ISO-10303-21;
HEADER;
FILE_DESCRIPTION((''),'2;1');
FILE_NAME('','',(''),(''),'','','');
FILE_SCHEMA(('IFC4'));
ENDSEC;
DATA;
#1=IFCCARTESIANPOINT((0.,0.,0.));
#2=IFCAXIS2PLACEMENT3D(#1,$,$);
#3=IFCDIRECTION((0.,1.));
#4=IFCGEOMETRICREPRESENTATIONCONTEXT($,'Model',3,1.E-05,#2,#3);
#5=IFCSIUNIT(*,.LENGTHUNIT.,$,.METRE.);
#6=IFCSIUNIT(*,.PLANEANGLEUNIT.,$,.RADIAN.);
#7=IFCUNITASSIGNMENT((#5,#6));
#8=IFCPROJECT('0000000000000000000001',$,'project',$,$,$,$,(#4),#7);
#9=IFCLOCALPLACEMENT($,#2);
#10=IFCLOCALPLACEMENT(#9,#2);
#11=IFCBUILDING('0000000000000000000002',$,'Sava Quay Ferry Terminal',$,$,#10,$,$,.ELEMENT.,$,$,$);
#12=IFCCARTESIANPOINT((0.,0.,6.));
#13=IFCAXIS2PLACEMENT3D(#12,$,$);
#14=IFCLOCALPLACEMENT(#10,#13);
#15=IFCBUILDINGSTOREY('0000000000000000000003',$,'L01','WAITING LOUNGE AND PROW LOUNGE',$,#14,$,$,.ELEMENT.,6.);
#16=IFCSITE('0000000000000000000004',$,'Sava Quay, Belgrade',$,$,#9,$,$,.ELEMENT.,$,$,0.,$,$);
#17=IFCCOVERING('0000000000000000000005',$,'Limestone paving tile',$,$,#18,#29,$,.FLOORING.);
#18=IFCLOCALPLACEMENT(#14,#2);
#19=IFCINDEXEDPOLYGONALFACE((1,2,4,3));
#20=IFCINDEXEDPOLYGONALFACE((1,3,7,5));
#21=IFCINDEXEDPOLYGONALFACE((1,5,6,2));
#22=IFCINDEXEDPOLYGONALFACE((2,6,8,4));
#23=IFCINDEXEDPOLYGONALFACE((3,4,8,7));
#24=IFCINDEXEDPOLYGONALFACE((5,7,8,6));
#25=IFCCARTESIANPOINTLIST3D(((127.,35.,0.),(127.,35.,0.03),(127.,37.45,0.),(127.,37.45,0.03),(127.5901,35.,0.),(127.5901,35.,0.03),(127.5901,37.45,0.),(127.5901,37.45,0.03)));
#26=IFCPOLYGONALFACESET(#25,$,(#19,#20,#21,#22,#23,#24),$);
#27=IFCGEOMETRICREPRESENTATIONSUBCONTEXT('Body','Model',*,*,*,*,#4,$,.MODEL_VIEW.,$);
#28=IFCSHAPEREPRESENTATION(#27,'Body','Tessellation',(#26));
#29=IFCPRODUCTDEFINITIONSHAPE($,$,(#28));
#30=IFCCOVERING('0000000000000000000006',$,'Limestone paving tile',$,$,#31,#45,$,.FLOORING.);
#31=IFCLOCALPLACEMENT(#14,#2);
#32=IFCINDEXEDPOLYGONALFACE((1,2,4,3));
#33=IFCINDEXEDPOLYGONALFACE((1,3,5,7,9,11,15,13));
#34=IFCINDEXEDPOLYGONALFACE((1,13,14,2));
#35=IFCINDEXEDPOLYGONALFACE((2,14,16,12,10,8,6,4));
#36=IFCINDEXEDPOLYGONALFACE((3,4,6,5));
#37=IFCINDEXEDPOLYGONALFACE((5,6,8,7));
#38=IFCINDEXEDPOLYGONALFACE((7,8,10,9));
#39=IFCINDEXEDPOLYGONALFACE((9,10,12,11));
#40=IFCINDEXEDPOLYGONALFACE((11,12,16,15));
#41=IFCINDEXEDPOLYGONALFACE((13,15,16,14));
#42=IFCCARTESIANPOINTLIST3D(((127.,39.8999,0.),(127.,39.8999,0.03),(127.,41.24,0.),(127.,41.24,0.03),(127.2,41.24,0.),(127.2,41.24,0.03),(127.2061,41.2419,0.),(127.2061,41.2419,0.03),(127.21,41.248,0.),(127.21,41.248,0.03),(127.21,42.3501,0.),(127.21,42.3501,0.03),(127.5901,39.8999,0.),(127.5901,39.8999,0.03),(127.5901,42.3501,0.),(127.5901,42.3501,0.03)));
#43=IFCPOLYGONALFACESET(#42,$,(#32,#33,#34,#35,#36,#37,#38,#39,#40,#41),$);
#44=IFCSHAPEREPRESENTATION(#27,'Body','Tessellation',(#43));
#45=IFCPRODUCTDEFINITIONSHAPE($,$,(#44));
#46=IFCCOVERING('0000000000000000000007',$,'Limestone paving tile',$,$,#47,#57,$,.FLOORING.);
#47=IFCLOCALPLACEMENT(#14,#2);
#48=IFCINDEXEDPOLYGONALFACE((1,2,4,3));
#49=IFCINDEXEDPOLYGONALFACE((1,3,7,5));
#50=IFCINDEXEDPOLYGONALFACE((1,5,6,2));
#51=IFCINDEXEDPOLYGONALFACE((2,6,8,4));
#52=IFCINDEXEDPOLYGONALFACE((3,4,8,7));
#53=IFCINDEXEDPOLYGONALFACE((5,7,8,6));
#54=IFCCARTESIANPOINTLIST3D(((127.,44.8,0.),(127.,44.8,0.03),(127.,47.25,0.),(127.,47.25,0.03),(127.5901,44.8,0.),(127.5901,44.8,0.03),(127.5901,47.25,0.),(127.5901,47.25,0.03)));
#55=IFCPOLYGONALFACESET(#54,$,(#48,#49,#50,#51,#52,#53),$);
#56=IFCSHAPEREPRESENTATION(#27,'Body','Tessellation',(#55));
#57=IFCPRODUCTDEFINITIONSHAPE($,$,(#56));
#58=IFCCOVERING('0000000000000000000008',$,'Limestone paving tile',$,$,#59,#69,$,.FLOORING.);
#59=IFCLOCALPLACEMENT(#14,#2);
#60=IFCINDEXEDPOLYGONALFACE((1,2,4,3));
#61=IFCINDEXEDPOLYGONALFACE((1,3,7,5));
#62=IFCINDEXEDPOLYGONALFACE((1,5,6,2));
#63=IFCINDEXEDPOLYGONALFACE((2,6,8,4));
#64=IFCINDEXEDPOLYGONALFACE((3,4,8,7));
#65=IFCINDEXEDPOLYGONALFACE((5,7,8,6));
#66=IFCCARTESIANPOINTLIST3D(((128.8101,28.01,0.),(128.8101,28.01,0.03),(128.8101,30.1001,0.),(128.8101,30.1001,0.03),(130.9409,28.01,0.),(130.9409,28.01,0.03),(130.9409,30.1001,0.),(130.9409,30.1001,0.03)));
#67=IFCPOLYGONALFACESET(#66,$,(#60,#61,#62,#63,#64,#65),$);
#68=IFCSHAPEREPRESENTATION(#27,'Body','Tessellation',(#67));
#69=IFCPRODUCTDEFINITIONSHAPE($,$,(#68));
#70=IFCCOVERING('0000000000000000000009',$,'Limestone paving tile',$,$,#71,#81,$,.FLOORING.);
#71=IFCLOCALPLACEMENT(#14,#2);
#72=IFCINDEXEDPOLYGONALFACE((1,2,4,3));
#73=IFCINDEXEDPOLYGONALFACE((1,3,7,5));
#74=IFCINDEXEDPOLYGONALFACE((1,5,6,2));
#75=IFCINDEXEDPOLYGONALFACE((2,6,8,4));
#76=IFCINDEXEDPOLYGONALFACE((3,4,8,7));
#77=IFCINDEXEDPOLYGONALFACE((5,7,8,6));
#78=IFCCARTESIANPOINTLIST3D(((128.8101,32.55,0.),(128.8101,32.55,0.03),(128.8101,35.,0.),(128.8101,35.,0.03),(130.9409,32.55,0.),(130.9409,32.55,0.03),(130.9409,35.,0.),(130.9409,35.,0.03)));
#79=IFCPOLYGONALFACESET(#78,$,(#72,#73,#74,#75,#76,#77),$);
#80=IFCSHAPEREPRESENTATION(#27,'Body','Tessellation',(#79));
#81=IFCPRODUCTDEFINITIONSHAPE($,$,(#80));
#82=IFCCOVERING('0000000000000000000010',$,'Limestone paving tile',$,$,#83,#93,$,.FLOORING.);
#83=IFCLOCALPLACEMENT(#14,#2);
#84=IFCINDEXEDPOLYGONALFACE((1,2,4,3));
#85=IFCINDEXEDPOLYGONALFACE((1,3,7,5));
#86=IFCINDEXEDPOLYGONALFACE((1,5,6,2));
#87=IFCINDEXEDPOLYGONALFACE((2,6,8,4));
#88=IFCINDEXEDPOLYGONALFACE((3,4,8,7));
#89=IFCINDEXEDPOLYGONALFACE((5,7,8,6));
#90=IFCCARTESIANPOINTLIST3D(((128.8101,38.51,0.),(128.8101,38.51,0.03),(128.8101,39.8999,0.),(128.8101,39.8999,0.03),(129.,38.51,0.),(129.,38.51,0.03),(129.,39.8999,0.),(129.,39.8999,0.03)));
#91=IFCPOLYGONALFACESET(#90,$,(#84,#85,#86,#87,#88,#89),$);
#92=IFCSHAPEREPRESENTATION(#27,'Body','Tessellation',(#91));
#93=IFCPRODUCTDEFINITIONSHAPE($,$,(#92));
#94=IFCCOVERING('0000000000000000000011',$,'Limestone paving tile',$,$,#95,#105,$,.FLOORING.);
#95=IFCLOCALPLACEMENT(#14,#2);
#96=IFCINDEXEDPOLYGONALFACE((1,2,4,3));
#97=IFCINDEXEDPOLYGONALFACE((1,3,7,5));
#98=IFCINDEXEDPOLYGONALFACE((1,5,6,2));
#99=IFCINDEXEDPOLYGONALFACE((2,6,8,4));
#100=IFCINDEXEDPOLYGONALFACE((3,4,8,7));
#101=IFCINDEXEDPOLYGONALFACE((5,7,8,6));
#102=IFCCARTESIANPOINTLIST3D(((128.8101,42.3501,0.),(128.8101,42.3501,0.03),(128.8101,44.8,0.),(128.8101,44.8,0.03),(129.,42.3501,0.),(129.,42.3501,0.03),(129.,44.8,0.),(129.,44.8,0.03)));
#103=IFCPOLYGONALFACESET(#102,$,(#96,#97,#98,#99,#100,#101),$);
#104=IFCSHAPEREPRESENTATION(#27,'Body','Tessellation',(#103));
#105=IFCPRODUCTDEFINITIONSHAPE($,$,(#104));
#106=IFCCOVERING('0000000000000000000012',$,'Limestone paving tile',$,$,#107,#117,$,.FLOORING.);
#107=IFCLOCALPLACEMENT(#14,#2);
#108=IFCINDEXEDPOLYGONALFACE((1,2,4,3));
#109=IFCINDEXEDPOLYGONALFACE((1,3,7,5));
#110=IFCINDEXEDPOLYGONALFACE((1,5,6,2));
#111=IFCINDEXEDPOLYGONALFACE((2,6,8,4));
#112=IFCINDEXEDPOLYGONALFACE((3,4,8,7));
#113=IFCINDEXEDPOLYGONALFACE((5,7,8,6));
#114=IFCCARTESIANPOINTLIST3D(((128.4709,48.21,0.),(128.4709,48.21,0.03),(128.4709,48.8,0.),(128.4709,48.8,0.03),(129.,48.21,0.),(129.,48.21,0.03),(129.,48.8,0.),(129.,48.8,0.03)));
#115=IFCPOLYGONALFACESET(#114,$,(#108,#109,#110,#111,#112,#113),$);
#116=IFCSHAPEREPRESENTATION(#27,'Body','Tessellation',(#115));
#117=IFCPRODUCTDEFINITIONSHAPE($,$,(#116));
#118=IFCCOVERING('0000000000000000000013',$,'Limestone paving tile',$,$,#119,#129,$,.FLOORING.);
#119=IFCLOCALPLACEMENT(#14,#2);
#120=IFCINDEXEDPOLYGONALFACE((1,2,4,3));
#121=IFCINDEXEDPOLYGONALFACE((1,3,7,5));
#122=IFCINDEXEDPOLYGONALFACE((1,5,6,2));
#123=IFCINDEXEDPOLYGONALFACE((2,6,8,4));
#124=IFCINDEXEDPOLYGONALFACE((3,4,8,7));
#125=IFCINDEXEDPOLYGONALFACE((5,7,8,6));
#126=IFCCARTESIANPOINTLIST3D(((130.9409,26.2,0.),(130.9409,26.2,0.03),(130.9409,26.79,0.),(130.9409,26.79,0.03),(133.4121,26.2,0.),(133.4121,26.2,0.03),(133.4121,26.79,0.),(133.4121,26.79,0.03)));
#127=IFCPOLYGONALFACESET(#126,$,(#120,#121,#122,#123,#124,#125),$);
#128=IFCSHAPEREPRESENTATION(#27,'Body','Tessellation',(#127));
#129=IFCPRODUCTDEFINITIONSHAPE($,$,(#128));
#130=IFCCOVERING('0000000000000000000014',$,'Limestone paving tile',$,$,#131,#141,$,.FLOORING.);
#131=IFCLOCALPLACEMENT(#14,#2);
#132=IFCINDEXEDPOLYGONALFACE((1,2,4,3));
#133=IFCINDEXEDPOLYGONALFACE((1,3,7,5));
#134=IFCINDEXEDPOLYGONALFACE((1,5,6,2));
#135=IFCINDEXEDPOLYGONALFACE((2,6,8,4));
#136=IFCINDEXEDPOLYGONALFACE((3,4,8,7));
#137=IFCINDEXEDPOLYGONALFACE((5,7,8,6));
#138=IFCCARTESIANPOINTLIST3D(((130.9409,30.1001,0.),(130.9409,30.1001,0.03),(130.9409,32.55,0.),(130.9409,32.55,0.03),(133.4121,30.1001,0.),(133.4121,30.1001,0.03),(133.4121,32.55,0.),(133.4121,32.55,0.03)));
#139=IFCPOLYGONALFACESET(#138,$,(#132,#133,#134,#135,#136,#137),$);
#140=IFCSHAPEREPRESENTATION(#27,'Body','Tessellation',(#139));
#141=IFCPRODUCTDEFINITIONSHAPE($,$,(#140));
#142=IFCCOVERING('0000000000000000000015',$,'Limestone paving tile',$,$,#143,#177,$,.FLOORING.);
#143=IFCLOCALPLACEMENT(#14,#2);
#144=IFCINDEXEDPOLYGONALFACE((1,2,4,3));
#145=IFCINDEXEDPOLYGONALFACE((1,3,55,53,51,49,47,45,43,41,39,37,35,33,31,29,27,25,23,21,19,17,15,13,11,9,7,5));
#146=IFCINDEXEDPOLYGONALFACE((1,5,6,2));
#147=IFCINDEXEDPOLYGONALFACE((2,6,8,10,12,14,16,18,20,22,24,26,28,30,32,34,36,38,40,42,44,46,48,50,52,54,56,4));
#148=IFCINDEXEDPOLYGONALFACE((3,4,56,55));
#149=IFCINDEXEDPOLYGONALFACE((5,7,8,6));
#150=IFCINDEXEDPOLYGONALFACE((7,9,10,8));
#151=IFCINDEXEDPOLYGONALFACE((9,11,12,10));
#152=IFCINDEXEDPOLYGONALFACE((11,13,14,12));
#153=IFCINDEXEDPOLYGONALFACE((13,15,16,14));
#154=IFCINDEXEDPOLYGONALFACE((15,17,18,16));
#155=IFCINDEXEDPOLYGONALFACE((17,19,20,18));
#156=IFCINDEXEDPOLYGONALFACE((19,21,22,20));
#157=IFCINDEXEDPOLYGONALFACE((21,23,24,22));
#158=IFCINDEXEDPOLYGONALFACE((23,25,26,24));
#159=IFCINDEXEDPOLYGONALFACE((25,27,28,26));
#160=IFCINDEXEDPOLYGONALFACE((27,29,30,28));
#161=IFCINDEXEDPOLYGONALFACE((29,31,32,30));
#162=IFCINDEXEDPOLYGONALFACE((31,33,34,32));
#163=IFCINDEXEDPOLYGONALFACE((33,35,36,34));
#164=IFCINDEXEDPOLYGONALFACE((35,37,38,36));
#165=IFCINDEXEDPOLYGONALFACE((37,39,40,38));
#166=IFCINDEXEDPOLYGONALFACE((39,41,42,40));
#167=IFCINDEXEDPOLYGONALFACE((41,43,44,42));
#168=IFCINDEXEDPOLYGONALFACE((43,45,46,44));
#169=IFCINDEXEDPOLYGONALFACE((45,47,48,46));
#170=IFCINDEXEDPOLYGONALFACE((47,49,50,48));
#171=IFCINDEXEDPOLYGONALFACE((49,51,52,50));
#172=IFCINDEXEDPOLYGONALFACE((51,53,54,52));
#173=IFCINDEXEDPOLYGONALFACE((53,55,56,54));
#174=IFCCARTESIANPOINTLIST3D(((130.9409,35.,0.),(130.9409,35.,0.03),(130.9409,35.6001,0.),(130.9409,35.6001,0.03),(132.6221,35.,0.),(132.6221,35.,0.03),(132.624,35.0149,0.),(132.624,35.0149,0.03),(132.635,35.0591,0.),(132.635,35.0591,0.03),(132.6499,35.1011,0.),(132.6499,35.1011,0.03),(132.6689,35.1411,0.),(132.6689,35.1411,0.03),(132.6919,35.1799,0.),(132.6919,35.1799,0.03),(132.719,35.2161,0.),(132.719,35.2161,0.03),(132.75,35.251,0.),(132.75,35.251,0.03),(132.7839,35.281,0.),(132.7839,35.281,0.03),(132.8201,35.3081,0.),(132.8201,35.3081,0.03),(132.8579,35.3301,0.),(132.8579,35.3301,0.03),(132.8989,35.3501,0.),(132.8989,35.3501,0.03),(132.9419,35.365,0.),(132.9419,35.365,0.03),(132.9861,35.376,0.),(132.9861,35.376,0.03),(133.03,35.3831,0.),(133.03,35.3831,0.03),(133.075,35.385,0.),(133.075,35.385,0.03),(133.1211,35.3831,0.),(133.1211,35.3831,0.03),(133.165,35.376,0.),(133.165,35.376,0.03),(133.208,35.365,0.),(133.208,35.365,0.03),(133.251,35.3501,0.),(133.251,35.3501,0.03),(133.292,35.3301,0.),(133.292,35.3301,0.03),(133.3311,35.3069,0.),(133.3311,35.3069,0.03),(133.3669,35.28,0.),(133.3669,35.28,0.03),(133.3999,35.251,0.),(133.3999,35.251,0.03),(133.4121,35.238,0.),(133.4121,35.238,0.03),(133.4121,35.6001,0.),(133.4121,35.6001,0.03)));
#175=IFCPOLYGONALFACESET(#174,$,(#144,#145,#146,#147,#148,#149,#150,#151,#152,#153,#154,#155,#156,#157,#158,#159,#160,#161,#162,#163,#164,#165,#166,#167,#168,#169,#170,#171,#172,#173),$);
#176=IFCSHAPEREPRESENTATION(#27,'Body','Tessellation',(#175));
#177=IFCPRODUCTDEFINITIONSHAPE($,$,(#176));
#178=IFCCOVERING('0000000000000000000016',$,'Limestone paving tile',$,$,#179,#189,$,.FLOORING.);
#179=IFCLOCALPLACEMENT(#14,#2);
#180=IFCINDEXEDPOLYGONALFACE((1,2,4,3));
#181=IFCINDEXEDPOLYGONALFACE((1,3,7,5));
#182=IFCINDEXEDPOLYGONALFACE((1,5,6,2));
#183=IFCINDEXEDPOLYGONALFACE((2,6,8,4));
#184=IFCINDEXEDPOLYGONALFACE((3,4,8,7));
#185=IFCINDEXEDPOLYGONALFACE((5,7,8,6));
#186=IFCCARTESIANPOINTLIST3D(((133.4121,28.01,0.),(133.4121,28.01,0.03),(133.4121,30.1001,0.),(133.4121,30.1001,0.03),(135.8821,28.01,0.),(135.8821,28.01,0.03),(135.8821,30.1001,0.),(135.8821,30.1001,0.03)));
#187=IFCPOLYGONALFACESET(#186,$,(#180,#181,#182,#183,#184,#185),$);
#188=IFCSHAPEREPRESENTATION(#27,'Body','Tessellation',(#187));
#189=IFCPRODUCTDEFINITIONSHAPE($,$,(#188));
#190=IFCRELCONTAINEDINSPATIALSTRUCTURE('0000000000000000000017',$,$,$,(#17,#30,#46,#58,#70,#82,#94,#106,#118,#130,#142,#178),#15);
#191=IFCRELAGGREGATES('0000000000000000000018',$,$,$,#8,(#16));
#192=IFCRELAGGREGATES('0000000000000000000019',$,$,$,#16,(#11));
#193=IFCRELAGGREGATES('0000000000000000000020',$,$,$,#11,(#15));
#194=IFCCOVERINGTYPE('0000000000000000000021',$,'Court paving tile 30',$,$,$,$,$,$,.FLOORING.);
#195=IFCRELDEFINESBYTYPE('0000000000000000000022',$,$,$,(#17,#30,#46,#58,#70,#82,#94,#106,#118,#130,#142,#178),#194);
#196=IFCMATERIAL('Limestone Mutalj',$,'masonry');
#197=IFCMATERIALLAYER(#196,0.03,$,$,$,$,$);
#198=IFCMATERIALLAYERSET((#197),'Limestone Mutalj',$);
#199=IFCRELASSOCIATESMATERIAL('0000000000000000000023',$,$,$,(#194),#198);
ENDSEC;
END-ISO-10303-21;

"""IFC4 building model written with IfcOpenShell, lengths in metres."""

from ifc_helpers import new_model, si_unit, direction, frame, origin, place, context, subcontext, project, spatial, polyline, outline, extrude, material, layer, layer_set, type_object, element, save


model = new_model("IFC4")

# Units and contexts
model_context = context("Model", 3, precision=1e-05, world=origin(), true_north=direction((0.0, 1.0)))
body_context = subcontext(model_context, "Body", "Model", "MODEL_VIEW")
ifc_project = project(units=[si_unit("LENGTHUNIT", "METRE"), si_unit("PLANEANGLEUNIT", "RADIAN")], contexts=[model_context])

# Site, building, storey
site_placement = place(None, origin())
site = spatial("IfcSite", under=ifc_project, at=site_placement, Name="Sava Quay, Belgrade", CompositionType="ELEMENT", RefElevation=0.0)
building_placement = place(site_placement, origin())
building = spatial("IfcBuilding", under=site, at=building_placement, Name="Sava Quay Ferry Terminal", CompositionType="ELEMENT")
storey_placement = place(building_placement, frame((0.0, 0.0, 6.0)))
storey = spatial("IfcBuildingStorey", under=building, at=storey_placement, Name="L01", Description="WAITING LOUNGE AND PROW LOUNGE", CompositionType="ELEMENT", Elevation=6.0)

# Coverings
ifc_material_1 = material(Name="Limestone Mutalj", Category="masonry")
ifc_layer_1 = layer(ifc_material_1, 0.03)
ifc_layer_set_1 = layer_set([ifc_layer_1], Name="Limestone Mutalj")
covering_type_1 = type_object("IfcCoveringType", Name="Court paving tile 30", PredefinedType="FLOORING", material=ifc_layer_set_1)
covering_1_placement = place(storey_placement, origin())
element("IfcCovering", 1, at=covering_1_placement, inside=storey, type_object=covering_type_1, Name="Limestone paving tile", PredefinedType="FLOORING", context=body_context, shape_type="SweptSolid", body=[
    extrude(outline(polyline([(127.5901, 37.45), (127.0, 37.45), (127.0, 35.0), (127.5901, 35.0), (127.5901, 37.45)])), origin(), (0.0, 0.0, 1.0), 0.03),
])
covering_2_placement = place(storey_placement, origin())
element("IfcCovering", 2, at=covering_2_placement, inside=storey, type_object=covering_type_1, Name="Limestone paving tile", PredefinedType="FLOORING", context=body_context, shape_type="SweptSolid", body=[
    extrude(outline(polyline([(127.5901, 42.3501), (127.21, 42.3501), (127.21, 41.248), (127.2061, 41.2419), (127.2, 41.24), (127.0, 41.24), (127.0, 39.8999), (127.5901, 39.8999), (127.5901, 42.3501)])), origin(), (0.0, 0.0, 1.0), 0.03),
])
covering_3_placement = place(storey_placement, origin())
element("IfcCovering", 3, at=covering_3_placement, inside=storey, type_object=covering_type_1, Name="Limestone paving tile", PredefinedType="FLOORING", context=body_context, shape_type="SweptSolid", body=[
    extrude(outline(polyline([(127.5901, 47.25), (127.0, 47.25), (127.0, 44.8), (127.5901, 44.8), (127.5901, 47.25)])), origin(), (0.0, 0.0, 1.0), 0.03),
])
covering_4_placement = place(storey_placement, origin())
element("IfcCovering", 4, at=covering_4_placement, inside=storey, type_object=covering_type_1, Name="Limestone paving tile", PredefinedType="FLOORING", context=body_context, shape_type="SweptSolid", body=[
    extrude(outline(polyline([(130.9409, 30.1001), (128.8101, 30.1001), (128.8101, 28.01), (130.9409, 28.01), (130.9409, 30.1001)])), origin(), (0.0, 0.0, 1.0), 0.03),
])
covering_5_placement = place(storey_placement, origin())
element("IfcCovering", 5, at=covering_5_placement, inside=storey, type_object=covering_type_1, Name="Limestone paving tile", PredefinedType="FLOORING", context=body_context, shape_type="SweptSolid", body=[
    extrude(outline(polyline([(130.9409, 35.0), (128.8101, 35.0), (128.8101, 32.55), (130.9409, 32.55), (130.9409, 35.0)])), origin(), (0.0, 0.0, 1.0), 0.03),
])
covering_6_placement = place(storey_placement, origin())
element("IfcCovering", 6, at=covering_6_placement, inside=storey, type_object=covering_type_1, Name="Limestone paving tile", PredefinedType="FLOORING", context=body_context, shape_type="SweptSolid", body=[
    extrude(outline(polyline([(129.0, 39.8999), (128.8101, 39.8999), (128.8101, 38.51), (129.0, 38.51), (129.0, 39.8999)])), origin(), (0.0, 0.0, 1.0), 0.03),
])
covering_7_placement = place(storey_placement, origin())
element("IfcCovering", 7, at=covering_7_placement, inside=storey, type_object=covering_type_1, Name="Limestone paving tile", PredefinedType="FLOORING", context=body_context, shape_type="SweptSolid", body=[
    extrude(outline(polyline([(129.0, 44.8), (128.8101, 44.8), (128.8101, 42.3501), (129.0, 42.3501), (129.0, 44.8)])), origin(), (0.0, 0.0, 1.0), 0.03),
])
covering_8_placement = place(storey_placement, origin())
element("IfcCovering", 8, at=covering_8_placement, inside=storey, type_object=covering_type_1, Name="Limestone paving tile", PredefinedType="FLOORING", context=body_context, shape_type="SweptSolid", body=[
    extrude(outline(polyline([(128.4709, 48.8), (128.4709, 48.21), (129.0, 48.21), (129.0, 48.8), (128.4709, 48.8)])), origin(), (0.0, 0.0, 1.0), 0.03),
])
covering_9_placement = place(storey_placement, origin())
element("IfcCovering", 9, at=covering_9_placement, inside=storey, type_object=covering_type_1, Name="Limestone paving tile", PredefinedType="FLOORING", context=body_context, shape_type="SweptSolid", body=[
    extrude(outline(polyline([(133.4121, 26.2), (133.4121, 26.79), (130.9409, 26.79), (130.9409, 26.2), (133.4121, 26.2)])), origin(), (0.0, 0.0, 1.0), 0.03),
])
covering_10_placement = place(storey_placement, origin())
element("IfcCovering", 10, at=covering_10_placement, inside=storey, type_object=covering_type_1, Name="Limestone paving tile", PredefinedType="FLOORING", context=body_context, shape_type="SweptSolid", body=[
    extrude(outline(polyline([(130.9409, 30.1001), (133.4121, 30.1001), (133.4121, 32.55), (130.9409, 32.55), (130.9409, 30.1001)])), origin(), (0.0, 0.0, 1.0), 0.03),
])
covering_11_placement = place(storey_placement, origin())
element("IfcCovering", 11, at=covering_11_placement, inside=storey, type_object=covering_type_1, Name="Limestone paving tile", PredefinedType="FLOORING", context=body_context, shape_type="SweptSolid", body=[
    extrude(outline(polyline([(133.4121, 35.238), (133.4121, 35.6001), (130.9409, 35.6001), (130.9409, 35.0), (132.6221, 35.0), (132.624, 35.0149), (132.635, 35.0591), (132.6499, 35.1011), (132.6689, 35.1411), (132.6919, 35.1799), (132.719, 35.2161), (132.75, 35.251), (132.7839, 35.281), (132.8201, 35.3081), (132.8579, 35.3301), (132.8989, 35.3501), (132.9419, 35.365), (132.9861, 35.376), (133.03, 35.3831), (133.075, 35.385), (133.1211, 35.3831), (133.165, 35.376), (133.208, 35.365), (133.251, 35.3501), (133.292, 35.3301), (133.3311, 35.3069), (133.3669, 35.28), (133.3999, 35.251), (133.4121, 35.238)])), origin(), (0.0, 0.0, 1.0), 0.03),
])
covering_12_placement = place(storey_placement, origin())
element("IfcCovering", 12, at=covering_12_placement, inside=storey, type_object=covering_type_1, Name="Limestone paving tile", PredefinedType="FLOORING", context=body_context, shape_type="SweptSolid", body=[
    extrude(outline(polyline([(133.4121, 30.1001), (133.4121, 28.01), (135.8821, 28.01), (135.8821, 30.1001), (133.4121, 30.1001)])), origin(), (0.0, 0.0, 1.0), 0.03),
])

save(model, "model.ifc")
